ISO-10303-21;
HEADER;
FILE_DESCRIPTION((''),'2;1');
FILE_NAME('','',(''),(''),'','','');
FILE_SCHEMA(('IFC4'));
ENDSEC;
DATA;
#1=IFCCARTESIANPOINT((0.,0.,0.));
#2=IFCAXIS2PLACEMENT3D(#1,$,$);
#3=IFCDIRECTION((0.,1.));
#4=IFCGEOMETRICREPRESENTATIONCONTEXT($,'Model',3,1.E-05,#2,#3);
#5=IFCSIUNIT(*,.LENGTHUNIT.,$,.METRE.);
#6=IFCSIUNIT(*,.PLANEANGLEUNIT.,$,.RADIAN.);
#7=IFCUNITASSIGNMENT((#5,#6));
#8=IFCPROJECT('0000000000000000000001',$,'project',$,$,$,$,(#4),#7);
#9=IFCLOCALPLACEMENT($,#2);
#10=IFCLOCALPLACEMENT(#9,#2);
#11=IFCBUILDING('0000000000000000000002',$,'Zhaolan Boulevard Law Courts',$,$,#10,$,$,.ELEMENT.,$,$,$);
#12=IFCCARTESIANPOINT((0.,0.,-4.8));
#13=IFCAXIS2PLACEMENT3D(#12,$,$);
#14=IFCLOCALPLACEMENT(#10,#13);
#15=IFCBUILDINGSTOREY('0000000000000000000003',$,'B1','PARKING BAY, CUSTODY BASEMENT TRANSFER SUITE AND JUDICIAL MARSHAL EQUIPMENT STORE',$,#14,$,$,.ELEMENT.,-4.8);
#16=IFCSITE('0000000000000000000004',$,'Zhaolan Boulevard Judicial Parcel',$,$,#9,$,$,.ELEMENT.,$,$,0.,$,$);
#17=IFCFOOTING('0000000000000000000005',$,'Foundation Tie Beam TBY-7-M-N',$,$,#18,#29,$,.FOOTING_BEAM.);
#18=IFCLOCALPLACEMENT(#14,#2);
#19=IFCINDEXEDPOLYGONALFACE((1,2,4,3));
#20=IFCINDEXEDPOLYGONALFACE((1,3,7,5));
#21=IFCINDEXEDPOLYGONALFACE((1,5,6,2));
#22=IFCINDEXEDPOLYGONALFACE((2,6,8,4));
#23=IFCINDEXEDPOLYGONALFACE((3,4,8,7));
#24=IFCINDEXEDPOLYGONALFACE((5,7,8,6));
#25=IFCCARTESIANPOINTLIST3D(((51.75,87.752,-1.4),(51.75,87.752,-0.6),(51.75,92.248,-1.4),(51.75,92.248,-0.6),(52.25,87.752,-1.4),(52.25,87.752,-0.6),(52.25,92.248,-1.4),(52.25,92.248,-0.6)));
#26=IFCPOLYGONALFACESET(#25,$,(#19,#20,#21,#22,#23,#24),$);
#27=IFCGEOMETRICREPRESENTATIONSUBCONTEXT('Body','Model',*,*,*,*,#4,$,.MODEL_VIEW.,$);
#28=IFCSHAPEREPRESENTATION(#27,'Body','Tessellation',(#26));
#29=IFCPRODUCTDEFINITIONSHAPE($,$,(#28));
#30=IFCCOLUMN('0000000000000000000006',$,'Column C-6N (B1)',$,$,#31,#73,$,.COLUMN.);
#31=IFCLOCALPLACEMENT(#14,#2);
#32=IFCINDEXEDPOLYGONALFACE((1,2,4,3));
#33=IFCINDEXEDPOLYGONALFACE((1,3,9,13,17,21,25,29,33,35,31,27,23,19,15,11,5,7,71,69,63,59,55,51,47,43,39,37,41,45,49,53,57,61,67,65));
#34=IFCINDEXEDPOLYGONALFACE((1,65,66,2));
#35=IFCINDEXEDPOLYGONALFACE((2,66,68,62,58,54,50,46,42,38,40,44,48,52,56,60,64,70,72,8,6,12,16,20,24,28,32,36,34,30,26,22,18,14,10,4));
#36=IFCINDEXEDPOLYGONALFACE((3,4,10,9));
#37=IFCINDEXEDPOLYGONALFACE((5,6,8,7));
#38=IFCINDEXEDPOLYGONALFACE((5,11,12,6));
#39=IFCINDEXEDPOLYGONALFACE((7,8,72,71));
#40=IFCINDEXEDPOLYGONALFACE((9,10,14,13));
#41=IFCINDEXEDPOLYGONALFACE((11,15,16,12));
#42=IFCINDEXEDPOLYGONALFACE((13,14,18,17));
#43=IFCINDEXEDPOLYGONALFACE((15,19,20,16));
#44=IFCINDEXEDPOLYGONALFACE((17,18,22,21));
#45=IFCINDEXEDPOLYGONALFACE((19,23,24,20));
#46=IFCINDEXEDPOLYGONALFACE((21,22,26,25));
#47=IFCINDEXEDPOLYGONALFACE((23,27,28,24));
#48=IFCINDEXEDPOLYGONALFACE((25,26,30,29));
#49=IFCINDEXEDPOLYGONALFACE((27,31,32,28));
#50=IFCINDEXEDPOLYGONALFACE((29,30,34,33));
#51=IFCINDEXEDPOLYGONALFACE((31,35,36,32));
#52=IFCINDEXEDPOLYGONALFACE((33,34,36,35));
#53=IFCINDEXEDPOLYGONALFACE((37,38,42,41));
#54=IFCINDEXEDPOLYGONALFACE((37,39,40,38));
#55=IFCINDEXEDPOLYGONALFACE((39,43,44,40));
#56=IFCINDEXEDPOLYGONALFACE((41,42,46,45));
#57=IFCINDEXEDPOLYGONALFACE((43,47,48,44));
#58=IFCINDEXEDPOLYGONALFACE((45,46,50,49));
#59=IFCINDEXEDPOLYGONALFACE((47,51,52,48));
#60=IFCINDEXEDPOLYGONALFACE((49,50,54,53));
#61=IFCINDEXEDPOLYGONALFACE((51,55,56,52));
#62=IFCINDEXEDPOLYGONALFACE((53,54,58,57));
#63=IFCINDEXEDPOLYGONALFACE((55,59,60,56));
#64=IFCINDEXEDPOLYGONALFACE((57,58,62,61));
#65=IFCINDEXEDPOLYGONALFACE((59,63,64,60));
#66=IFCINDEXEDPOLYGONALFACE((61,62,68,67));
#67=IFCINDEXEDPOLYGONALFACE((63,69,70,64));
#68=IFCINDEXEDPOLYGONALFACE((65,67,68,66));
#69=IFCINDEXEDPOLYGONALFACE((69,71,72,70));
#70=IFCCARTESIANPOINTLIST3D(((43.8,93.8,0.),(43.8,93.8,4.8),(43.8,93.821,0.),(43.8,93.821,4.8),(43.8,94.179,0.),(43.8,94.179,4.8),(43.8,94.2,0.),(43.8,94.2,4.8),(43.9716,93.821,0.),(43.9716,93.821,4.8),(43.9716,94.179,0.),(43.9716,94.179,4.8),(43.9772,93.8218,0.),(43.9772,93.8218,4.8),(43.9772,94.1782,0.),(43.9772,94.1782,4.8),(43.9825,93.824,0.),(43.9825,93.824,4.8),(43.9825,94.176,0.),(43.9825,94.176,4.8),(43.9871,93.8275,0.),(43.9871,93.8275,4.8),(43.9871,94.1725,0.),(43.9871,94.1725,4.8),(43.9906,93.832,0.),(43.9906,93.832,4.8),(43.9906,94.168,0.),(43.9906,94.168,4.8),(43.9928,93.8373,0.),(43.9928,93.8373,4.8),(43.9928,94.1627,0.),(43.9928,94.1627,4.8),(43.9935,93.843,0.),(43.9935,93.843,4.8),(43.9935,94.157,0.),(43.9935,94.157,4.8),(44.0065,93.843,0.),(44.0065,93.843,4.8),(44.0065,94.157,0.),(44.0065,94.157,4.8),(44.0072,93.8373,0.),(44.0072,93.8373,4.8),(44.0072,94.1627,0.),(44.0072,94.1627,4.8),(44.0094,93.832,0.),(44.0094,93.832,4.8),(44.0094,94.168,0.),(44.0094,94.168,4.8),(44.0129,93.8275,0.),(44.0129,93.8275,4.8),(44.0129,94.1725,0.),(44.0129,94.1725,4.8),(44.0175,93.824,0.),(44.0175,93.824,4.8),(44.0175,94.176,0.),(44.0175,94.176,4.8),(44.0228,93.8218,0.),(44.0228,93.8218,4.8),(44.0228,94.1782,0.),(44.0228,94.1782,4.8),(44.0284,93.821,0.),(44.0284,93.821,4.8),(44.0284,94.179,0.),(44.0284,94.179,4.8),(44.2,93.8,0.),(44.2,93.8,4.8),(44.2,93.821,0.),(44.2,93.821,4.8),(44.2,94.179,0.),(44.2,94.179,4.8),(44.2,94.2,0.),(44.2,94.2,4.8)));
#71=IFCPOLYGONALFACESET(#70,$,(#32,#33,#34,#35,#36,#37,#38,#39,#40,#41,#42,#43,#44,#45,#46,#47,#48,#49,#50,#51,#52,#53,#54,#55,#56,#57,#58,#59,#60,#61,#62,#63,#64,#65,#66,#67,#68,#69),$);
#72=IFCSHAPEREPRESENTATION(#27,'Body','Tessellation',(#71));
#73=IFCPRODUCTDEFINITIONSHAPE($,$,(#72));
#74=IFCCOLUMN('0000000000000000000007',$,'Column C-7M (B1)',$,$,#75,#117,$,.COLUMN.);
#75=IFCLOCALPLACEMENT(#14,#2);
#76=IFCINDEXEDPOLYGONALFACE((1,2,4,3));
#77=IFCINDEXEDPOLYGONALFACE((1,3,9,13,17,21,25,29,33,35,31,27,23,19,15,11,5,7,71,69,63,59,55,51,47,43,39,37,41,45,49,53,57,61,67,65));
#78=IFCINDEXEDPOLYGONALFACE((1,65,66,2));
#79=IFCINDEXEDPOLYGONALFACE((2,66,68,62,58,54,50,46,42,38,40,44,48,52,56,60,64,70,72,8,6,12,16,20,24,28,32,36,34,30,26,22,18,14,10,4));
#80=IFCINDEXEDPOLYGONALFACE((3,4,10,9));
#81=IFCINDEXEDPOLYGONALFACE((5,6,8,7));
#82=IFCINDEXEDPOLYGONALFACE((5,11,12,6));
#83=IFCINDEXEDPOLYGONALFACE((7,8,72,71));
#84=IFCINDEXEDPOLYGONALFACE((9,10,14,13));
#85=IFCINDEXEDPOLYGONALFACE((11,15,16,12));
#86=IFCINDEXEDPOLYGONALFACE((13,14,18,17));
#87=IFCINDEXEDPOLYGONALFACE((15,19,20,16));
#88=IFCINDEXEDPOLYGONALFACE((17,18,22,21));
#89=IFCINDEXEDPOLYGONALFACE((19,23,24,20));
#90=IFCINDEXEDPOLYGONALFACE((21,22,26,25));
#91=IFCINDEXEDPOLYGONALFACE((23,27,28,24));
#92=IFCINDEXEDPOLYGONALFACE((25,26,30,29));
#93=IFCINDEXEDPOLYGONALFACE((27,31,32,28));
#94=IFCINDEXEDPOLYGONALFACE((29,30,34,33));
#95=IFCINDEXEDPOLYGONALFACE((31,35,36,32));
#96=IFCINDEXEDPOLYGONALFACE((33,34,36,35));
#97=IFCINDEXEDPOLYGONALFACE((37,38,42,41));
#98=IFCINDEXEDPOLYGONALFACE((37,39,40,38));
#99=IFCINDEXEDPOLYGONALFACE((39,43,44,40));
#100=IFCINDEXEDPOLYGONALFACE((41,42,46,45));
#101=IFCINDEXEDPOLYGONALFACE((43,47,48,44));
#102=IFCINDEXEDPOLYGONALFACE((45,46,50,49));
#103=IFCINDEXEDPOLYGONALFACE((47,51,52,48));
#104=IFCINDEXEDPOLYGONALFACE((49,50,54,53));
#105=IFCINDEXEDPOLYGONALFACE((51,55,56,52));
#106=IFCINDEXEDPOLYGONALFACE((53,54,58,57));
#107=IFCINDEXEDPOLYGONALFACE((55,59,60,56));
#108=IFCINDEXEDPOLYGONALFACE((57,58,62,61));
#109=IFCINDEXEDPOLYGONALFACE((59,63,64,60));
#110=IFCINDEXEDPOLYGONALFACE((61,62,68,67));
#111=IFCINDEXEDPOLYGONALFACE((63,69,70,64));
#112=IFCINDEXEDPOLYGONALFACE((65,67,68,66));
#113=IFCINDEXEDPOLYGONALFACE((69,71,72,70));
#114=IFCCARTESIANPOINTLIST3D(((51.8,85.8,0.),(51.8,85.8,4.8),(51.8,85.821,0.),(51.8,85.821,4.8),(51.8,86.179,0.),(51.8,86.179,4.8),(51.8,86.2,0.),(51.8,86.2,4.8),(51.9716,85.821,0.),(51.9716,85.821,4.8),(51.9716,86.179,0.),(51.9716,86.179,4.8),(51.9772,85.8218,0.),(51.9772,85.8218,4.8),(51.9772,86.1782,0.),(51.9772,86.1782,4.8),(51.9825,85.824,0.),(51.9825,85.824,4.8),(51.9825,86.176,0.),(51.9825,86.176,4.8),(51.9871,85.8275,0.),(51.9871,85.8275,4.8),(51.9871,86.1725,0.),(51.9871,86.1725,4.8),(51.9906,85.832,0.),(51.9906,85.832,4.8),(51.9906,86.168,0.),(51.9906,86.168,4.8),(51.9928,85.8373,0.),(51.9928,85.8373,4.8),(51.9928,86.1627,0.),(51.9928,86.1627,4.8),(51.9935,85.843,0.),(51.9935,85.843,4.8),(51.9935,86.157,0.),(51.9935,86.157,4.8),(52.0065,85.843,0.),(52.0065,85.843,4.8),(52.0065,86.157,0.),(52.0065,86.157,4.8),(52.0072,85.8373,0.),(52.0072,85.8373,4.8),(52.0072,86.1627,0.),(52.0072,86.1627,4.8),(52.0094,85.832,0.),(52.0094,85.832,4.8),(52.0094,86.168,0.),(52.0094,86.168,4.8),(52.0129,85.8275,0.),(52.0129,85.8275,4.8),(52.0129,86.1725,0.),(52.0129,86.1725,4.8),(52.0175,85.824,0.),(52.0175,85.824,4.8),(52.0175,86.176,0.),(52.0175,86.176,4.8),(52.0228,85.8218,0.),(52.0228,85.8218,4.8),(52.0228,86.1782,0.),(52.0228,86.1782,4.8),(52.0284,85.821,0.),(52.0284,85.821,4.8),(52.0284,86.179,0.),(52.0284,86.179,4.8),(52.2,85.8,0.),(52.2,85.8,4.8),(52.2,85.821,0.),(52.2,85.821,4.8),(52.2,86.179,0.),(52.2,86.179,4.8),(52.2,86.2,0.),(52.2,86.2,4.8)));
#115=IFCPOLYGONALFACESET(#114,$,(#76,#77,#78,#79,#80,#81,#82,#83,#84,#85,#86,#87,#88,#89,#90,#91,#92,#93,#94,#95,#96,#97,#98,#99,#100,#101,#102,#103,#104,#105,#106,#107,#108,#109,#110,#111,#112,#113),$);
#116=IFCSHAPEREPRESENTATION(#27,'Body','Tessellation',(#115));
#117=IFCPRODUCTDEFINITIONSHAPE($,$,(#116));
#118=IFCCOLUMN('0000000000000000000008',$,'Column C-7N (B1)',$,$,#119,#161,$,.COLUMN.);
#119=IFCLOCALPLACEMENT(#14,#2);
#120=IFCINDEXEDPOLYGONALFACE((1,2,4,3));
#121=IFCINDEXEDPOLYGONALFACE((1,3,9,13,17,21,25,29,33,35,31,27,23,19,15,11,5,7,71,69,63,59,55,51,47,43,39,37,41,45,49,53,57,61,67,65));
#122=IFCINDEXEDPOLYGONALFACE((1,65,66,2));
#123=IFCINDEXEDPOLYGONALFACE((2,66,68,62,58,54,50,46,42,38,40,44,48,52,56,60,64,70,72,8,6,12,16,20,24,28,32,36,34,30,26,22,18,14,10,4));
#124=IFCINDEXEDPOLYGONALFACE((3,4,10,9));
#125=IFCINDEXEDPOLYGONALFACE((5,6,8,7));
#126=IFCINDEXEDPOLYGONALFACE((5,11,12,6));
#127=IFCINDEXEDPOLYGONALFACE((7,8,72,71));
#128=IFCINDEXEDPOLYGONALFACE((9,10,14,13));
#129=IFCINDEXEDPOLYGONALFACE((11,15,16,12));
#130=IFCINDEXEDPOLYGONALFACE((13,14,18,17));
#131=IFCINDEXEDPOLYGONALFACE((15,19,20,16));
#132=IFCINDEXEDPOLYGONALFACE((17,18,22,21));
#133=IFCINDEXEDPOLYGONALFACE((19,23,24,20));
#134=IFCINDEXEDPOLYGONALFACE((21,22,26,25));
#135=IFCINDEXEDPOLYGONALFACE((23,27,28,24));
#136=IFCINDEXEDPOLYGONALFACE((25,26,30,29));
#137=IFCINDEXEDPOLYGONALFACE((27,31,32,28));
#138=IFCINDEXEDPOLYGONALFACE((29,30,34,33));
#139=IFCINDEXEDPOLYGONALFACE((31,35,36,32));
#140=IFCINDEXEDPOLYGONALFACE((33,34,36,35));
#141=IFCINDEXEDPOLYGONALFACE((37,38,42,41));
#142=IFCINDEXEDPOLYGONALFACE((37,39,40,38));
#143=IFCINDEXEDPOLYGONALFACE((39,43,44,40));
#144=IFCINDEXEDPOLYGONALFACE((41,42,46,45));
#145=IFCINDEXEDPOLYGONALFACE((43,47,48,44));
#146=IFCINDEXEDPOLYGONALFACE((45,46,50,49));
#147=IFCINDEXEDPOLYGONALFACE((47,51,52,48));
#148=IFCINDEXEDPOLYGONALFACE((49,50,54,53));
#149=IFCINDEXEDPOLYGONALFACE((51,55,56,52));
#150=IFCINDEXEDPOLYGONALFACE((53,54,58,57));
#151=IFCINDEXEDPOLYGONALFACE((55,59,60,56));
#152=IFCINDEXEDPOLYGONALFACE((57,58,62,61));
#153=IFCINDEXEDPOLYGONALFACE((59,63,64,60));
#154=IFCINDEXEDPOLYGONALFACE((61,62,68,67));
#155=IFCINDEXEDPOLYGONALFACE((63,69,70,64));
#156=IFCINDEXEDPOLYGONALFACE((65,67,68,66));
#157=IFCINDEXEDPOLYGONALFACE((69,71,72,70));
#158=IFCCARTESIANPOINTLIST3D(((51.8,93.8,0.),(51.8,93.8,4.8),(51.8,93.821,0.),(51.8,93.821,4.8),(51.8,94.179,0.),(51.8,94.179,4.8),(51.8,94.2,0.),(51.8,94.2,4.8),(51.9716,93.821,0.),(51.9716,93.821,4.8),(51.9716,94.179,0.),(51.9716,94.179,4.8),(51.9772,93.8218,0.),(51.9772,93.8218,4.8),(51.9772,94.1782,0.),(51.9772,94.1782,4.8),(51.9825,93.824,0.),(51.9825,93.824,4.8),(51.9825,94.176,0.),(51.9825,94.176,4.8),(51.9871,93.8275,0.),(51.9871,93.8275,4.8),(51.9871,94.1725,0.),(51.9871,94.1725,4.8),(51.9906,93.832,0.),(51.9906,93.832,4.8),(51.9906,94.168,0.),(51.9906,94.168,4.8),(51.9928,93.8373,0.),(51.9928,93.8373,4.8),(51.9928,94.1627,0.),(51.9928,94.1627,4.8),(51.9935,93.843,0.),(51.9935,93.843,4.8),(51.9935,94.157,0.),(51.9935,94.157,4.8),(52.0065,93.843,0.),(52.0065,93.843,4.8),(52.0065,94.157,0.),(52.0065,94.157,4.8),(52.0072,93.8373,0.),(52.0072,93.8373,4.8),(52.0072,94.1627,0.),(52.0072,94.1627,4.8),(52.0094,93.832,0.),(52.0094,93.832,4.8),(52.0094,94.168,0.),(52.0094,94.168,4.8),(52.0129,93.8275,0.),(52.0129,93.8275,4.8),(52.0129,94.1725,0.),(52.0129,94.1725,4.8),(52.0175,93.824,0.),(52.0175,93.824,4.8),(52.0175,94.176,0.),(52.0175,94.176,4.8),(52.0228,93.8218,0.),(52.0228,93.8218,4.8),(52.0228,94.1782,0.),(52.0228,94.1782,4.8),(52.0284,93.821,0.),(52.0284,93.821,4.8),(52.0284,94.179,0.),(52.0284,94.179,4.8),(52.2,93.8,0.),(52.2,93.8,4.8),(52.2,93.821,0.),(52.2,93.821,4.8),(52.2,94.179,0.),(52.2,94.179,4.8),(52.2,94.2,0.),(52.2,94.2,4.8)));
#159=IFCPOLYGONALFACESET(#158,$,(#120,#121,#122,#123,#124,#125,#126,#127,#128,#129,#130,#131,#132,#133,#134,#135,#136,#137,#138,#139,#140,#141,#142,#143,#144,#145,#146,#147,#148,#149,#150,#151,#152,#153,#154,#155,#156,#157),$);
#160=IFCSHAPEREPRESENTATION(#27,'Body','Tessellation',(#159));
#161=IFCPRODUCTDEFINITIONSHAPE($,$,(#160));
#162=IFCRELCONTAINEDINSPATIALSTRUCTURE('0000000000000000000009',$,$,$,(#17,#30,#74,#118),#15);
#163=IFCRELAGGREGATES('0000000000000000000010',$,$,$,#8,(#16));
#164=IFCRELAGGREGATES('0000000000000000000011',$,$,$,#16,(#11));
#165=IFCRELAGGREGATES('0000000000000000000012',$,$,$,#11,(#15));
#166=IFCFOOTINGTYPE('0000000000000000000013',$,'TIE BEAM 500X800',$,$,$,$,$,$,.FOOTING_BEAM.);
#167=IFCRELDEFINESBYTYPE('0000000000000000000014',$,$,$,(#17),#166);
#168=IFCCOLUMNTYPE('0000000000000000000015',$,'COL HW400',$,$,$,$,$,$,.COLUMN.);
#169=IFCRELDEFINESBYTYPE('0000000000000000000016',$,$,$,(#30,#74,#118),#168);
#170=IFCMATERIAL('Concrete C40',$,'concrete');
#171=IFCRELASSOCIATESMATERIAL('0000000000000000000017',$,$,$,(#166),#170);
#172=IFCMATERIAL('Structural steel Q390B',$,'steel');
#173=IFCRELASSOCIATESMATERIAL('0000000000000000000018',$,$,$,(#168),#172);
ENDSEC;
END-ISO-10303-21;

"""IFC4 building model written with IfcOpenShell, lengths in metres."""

from ifc_helpers import new_model, si_unit, direction, frame, origin, origin_2d, place, context, subcontext, project, spatial, rectangle, i_section, extrude, material, material_profile, profile_set, type_object, element, save


model = new_model("IFC4")

# Units and contexts
model_context = context("Model", 3, precision=1e-05, world=origin(), true_north=direction((0.0, 1.0)))
body_context = subcontext(model_context, "Body", "Model", "MODEL_VIEW")
ifc_project = project(units=[si_unit("LENGTHUNIT", "METRE"), si_unit("PLANEANGLEUNIT", "RADIAN")], contexts=[model_context])

# Site, building, storey
site_placement = place(None, origin())
site = spatial("IfcSite", under=ifc_project, at=site_placement, Name="Zhaolan Boulevard Judicial Parcel", CompositionType="ELEMENT", RefElevation=0.0)
building_placement = place(site_placement, origin())
building = spatial("IfcBuilding", under=site, at=building_placement, Name="Zhaolan Boulevard Law Courts", CompositionType="ELEMENT")
storey_placement = place(building_placement, frame((0.0, 0.0, -4.8)))
storey = spatial("IfcBuildingStorey", under=building, at=storey_placement, Name="B1", Description="PARKING BAY, CUSTODY BASEMENT TRANSFER SUITE AND JUDICIAL MARSHAL EQUIPMENT STORE", CompositionType="ELEMENT", Elevation=-4.8)

# Footing
ifc_material_1 = material(Name="Concrete C40", Category="concrete")
ifc_material_profile_1 = material_profile(ifc_material_1, rectangle(XDim=0.5, YDim=0.8, at=origin_2d()), Name="RC500x800")
ifc_profile_set_1 = profile_set([ifc_material_profile_1], Name="Concrete C40")
footing_type_1 = type_object("IfcFootingType", Name="TIE BEAM 500X800", PredefinedType="FOOTING_BEAM", material=ifc_profile_set_1)
for number, where, z_axis, x_axis, name in (
    (1, (52.0, 87.752, -1.0), (0.0, 1.0, 0.0), (-1.0, 0.0, 0.0), "Foundation Tie Beam TBY-7-M-N"),
):
    element("IfcFooting", number, at=place(storey_placement, frame(where, z_axis=z_axis, x_axis=x_axis)), inside=storey, type_object=footing_type_1, Name=name, PredefinedType="FOOTING_BEAM", context=body_context, shape_type="SweptSolid", body=[
        extrude(rectangle(XDim=0.5, YDim=0.8, at=origin_2d()), origin(), (0.0, 0.0, 1.0), 4.4961),
    ])

# Columns
ifc_material_2 = material(Name="Structural steel Q390B", Category="steel")
ifc_material_profile_2 = material_profile(ifc_material_2, i_section(OverallWidth=0.3999, OverallDepth=0.3999, WebThickness=0.0129, FlangeThickness=0.021, FilletRadius=0.022, at=origin_2d()), Name="HW400x400")
ifc_profile_set_2 = profile_set([ifc_material_profile_2], Name="Structural steel Q390B")
column_type = type_object("IfcColumnType", Name="COL HW400", PredefinedType="COLUMN", material=ifc_profile_set_2)
for number, where, z_axis, x_axis, name in (
    (2, (44.0, 94.0, 0.0), (0.0, 0.0, 1.0), (1.0, 0.0, 0.0), "Column C-6N (B1)"),
    (3, (52.0, 86.0, 0.0), (0.0, 0.0, 1.0), (1.0, 0.0, 0.0), "Column C-7M (B1)"),
    (4, (52.0, 94.0, 0.0), (0.0, 0.0, 1.0), (1.0, 0.0, 0.0), "Column C-7N (B1)"),
):
    element("IfcColumn", number, at=place(storey_placement, frame(where, z_axis=z_axis, x_axis=x_axis)), inside=storey, type_object=column_type, Name=name, PredefinedType="COLUMN", context=body_context, shape_type="SweptSolid", body=[
        extrude(i_section(OverallWidth=0.3999, OverallDepth=0.3999, WebThickness=0.0129, FlangeThickness=0.021, FilletRadius=0.022, at=origin_2d()), origin(), (0.0, 0.0, 1.0), 4.8),
    ])

save(model, "model.ifc")
